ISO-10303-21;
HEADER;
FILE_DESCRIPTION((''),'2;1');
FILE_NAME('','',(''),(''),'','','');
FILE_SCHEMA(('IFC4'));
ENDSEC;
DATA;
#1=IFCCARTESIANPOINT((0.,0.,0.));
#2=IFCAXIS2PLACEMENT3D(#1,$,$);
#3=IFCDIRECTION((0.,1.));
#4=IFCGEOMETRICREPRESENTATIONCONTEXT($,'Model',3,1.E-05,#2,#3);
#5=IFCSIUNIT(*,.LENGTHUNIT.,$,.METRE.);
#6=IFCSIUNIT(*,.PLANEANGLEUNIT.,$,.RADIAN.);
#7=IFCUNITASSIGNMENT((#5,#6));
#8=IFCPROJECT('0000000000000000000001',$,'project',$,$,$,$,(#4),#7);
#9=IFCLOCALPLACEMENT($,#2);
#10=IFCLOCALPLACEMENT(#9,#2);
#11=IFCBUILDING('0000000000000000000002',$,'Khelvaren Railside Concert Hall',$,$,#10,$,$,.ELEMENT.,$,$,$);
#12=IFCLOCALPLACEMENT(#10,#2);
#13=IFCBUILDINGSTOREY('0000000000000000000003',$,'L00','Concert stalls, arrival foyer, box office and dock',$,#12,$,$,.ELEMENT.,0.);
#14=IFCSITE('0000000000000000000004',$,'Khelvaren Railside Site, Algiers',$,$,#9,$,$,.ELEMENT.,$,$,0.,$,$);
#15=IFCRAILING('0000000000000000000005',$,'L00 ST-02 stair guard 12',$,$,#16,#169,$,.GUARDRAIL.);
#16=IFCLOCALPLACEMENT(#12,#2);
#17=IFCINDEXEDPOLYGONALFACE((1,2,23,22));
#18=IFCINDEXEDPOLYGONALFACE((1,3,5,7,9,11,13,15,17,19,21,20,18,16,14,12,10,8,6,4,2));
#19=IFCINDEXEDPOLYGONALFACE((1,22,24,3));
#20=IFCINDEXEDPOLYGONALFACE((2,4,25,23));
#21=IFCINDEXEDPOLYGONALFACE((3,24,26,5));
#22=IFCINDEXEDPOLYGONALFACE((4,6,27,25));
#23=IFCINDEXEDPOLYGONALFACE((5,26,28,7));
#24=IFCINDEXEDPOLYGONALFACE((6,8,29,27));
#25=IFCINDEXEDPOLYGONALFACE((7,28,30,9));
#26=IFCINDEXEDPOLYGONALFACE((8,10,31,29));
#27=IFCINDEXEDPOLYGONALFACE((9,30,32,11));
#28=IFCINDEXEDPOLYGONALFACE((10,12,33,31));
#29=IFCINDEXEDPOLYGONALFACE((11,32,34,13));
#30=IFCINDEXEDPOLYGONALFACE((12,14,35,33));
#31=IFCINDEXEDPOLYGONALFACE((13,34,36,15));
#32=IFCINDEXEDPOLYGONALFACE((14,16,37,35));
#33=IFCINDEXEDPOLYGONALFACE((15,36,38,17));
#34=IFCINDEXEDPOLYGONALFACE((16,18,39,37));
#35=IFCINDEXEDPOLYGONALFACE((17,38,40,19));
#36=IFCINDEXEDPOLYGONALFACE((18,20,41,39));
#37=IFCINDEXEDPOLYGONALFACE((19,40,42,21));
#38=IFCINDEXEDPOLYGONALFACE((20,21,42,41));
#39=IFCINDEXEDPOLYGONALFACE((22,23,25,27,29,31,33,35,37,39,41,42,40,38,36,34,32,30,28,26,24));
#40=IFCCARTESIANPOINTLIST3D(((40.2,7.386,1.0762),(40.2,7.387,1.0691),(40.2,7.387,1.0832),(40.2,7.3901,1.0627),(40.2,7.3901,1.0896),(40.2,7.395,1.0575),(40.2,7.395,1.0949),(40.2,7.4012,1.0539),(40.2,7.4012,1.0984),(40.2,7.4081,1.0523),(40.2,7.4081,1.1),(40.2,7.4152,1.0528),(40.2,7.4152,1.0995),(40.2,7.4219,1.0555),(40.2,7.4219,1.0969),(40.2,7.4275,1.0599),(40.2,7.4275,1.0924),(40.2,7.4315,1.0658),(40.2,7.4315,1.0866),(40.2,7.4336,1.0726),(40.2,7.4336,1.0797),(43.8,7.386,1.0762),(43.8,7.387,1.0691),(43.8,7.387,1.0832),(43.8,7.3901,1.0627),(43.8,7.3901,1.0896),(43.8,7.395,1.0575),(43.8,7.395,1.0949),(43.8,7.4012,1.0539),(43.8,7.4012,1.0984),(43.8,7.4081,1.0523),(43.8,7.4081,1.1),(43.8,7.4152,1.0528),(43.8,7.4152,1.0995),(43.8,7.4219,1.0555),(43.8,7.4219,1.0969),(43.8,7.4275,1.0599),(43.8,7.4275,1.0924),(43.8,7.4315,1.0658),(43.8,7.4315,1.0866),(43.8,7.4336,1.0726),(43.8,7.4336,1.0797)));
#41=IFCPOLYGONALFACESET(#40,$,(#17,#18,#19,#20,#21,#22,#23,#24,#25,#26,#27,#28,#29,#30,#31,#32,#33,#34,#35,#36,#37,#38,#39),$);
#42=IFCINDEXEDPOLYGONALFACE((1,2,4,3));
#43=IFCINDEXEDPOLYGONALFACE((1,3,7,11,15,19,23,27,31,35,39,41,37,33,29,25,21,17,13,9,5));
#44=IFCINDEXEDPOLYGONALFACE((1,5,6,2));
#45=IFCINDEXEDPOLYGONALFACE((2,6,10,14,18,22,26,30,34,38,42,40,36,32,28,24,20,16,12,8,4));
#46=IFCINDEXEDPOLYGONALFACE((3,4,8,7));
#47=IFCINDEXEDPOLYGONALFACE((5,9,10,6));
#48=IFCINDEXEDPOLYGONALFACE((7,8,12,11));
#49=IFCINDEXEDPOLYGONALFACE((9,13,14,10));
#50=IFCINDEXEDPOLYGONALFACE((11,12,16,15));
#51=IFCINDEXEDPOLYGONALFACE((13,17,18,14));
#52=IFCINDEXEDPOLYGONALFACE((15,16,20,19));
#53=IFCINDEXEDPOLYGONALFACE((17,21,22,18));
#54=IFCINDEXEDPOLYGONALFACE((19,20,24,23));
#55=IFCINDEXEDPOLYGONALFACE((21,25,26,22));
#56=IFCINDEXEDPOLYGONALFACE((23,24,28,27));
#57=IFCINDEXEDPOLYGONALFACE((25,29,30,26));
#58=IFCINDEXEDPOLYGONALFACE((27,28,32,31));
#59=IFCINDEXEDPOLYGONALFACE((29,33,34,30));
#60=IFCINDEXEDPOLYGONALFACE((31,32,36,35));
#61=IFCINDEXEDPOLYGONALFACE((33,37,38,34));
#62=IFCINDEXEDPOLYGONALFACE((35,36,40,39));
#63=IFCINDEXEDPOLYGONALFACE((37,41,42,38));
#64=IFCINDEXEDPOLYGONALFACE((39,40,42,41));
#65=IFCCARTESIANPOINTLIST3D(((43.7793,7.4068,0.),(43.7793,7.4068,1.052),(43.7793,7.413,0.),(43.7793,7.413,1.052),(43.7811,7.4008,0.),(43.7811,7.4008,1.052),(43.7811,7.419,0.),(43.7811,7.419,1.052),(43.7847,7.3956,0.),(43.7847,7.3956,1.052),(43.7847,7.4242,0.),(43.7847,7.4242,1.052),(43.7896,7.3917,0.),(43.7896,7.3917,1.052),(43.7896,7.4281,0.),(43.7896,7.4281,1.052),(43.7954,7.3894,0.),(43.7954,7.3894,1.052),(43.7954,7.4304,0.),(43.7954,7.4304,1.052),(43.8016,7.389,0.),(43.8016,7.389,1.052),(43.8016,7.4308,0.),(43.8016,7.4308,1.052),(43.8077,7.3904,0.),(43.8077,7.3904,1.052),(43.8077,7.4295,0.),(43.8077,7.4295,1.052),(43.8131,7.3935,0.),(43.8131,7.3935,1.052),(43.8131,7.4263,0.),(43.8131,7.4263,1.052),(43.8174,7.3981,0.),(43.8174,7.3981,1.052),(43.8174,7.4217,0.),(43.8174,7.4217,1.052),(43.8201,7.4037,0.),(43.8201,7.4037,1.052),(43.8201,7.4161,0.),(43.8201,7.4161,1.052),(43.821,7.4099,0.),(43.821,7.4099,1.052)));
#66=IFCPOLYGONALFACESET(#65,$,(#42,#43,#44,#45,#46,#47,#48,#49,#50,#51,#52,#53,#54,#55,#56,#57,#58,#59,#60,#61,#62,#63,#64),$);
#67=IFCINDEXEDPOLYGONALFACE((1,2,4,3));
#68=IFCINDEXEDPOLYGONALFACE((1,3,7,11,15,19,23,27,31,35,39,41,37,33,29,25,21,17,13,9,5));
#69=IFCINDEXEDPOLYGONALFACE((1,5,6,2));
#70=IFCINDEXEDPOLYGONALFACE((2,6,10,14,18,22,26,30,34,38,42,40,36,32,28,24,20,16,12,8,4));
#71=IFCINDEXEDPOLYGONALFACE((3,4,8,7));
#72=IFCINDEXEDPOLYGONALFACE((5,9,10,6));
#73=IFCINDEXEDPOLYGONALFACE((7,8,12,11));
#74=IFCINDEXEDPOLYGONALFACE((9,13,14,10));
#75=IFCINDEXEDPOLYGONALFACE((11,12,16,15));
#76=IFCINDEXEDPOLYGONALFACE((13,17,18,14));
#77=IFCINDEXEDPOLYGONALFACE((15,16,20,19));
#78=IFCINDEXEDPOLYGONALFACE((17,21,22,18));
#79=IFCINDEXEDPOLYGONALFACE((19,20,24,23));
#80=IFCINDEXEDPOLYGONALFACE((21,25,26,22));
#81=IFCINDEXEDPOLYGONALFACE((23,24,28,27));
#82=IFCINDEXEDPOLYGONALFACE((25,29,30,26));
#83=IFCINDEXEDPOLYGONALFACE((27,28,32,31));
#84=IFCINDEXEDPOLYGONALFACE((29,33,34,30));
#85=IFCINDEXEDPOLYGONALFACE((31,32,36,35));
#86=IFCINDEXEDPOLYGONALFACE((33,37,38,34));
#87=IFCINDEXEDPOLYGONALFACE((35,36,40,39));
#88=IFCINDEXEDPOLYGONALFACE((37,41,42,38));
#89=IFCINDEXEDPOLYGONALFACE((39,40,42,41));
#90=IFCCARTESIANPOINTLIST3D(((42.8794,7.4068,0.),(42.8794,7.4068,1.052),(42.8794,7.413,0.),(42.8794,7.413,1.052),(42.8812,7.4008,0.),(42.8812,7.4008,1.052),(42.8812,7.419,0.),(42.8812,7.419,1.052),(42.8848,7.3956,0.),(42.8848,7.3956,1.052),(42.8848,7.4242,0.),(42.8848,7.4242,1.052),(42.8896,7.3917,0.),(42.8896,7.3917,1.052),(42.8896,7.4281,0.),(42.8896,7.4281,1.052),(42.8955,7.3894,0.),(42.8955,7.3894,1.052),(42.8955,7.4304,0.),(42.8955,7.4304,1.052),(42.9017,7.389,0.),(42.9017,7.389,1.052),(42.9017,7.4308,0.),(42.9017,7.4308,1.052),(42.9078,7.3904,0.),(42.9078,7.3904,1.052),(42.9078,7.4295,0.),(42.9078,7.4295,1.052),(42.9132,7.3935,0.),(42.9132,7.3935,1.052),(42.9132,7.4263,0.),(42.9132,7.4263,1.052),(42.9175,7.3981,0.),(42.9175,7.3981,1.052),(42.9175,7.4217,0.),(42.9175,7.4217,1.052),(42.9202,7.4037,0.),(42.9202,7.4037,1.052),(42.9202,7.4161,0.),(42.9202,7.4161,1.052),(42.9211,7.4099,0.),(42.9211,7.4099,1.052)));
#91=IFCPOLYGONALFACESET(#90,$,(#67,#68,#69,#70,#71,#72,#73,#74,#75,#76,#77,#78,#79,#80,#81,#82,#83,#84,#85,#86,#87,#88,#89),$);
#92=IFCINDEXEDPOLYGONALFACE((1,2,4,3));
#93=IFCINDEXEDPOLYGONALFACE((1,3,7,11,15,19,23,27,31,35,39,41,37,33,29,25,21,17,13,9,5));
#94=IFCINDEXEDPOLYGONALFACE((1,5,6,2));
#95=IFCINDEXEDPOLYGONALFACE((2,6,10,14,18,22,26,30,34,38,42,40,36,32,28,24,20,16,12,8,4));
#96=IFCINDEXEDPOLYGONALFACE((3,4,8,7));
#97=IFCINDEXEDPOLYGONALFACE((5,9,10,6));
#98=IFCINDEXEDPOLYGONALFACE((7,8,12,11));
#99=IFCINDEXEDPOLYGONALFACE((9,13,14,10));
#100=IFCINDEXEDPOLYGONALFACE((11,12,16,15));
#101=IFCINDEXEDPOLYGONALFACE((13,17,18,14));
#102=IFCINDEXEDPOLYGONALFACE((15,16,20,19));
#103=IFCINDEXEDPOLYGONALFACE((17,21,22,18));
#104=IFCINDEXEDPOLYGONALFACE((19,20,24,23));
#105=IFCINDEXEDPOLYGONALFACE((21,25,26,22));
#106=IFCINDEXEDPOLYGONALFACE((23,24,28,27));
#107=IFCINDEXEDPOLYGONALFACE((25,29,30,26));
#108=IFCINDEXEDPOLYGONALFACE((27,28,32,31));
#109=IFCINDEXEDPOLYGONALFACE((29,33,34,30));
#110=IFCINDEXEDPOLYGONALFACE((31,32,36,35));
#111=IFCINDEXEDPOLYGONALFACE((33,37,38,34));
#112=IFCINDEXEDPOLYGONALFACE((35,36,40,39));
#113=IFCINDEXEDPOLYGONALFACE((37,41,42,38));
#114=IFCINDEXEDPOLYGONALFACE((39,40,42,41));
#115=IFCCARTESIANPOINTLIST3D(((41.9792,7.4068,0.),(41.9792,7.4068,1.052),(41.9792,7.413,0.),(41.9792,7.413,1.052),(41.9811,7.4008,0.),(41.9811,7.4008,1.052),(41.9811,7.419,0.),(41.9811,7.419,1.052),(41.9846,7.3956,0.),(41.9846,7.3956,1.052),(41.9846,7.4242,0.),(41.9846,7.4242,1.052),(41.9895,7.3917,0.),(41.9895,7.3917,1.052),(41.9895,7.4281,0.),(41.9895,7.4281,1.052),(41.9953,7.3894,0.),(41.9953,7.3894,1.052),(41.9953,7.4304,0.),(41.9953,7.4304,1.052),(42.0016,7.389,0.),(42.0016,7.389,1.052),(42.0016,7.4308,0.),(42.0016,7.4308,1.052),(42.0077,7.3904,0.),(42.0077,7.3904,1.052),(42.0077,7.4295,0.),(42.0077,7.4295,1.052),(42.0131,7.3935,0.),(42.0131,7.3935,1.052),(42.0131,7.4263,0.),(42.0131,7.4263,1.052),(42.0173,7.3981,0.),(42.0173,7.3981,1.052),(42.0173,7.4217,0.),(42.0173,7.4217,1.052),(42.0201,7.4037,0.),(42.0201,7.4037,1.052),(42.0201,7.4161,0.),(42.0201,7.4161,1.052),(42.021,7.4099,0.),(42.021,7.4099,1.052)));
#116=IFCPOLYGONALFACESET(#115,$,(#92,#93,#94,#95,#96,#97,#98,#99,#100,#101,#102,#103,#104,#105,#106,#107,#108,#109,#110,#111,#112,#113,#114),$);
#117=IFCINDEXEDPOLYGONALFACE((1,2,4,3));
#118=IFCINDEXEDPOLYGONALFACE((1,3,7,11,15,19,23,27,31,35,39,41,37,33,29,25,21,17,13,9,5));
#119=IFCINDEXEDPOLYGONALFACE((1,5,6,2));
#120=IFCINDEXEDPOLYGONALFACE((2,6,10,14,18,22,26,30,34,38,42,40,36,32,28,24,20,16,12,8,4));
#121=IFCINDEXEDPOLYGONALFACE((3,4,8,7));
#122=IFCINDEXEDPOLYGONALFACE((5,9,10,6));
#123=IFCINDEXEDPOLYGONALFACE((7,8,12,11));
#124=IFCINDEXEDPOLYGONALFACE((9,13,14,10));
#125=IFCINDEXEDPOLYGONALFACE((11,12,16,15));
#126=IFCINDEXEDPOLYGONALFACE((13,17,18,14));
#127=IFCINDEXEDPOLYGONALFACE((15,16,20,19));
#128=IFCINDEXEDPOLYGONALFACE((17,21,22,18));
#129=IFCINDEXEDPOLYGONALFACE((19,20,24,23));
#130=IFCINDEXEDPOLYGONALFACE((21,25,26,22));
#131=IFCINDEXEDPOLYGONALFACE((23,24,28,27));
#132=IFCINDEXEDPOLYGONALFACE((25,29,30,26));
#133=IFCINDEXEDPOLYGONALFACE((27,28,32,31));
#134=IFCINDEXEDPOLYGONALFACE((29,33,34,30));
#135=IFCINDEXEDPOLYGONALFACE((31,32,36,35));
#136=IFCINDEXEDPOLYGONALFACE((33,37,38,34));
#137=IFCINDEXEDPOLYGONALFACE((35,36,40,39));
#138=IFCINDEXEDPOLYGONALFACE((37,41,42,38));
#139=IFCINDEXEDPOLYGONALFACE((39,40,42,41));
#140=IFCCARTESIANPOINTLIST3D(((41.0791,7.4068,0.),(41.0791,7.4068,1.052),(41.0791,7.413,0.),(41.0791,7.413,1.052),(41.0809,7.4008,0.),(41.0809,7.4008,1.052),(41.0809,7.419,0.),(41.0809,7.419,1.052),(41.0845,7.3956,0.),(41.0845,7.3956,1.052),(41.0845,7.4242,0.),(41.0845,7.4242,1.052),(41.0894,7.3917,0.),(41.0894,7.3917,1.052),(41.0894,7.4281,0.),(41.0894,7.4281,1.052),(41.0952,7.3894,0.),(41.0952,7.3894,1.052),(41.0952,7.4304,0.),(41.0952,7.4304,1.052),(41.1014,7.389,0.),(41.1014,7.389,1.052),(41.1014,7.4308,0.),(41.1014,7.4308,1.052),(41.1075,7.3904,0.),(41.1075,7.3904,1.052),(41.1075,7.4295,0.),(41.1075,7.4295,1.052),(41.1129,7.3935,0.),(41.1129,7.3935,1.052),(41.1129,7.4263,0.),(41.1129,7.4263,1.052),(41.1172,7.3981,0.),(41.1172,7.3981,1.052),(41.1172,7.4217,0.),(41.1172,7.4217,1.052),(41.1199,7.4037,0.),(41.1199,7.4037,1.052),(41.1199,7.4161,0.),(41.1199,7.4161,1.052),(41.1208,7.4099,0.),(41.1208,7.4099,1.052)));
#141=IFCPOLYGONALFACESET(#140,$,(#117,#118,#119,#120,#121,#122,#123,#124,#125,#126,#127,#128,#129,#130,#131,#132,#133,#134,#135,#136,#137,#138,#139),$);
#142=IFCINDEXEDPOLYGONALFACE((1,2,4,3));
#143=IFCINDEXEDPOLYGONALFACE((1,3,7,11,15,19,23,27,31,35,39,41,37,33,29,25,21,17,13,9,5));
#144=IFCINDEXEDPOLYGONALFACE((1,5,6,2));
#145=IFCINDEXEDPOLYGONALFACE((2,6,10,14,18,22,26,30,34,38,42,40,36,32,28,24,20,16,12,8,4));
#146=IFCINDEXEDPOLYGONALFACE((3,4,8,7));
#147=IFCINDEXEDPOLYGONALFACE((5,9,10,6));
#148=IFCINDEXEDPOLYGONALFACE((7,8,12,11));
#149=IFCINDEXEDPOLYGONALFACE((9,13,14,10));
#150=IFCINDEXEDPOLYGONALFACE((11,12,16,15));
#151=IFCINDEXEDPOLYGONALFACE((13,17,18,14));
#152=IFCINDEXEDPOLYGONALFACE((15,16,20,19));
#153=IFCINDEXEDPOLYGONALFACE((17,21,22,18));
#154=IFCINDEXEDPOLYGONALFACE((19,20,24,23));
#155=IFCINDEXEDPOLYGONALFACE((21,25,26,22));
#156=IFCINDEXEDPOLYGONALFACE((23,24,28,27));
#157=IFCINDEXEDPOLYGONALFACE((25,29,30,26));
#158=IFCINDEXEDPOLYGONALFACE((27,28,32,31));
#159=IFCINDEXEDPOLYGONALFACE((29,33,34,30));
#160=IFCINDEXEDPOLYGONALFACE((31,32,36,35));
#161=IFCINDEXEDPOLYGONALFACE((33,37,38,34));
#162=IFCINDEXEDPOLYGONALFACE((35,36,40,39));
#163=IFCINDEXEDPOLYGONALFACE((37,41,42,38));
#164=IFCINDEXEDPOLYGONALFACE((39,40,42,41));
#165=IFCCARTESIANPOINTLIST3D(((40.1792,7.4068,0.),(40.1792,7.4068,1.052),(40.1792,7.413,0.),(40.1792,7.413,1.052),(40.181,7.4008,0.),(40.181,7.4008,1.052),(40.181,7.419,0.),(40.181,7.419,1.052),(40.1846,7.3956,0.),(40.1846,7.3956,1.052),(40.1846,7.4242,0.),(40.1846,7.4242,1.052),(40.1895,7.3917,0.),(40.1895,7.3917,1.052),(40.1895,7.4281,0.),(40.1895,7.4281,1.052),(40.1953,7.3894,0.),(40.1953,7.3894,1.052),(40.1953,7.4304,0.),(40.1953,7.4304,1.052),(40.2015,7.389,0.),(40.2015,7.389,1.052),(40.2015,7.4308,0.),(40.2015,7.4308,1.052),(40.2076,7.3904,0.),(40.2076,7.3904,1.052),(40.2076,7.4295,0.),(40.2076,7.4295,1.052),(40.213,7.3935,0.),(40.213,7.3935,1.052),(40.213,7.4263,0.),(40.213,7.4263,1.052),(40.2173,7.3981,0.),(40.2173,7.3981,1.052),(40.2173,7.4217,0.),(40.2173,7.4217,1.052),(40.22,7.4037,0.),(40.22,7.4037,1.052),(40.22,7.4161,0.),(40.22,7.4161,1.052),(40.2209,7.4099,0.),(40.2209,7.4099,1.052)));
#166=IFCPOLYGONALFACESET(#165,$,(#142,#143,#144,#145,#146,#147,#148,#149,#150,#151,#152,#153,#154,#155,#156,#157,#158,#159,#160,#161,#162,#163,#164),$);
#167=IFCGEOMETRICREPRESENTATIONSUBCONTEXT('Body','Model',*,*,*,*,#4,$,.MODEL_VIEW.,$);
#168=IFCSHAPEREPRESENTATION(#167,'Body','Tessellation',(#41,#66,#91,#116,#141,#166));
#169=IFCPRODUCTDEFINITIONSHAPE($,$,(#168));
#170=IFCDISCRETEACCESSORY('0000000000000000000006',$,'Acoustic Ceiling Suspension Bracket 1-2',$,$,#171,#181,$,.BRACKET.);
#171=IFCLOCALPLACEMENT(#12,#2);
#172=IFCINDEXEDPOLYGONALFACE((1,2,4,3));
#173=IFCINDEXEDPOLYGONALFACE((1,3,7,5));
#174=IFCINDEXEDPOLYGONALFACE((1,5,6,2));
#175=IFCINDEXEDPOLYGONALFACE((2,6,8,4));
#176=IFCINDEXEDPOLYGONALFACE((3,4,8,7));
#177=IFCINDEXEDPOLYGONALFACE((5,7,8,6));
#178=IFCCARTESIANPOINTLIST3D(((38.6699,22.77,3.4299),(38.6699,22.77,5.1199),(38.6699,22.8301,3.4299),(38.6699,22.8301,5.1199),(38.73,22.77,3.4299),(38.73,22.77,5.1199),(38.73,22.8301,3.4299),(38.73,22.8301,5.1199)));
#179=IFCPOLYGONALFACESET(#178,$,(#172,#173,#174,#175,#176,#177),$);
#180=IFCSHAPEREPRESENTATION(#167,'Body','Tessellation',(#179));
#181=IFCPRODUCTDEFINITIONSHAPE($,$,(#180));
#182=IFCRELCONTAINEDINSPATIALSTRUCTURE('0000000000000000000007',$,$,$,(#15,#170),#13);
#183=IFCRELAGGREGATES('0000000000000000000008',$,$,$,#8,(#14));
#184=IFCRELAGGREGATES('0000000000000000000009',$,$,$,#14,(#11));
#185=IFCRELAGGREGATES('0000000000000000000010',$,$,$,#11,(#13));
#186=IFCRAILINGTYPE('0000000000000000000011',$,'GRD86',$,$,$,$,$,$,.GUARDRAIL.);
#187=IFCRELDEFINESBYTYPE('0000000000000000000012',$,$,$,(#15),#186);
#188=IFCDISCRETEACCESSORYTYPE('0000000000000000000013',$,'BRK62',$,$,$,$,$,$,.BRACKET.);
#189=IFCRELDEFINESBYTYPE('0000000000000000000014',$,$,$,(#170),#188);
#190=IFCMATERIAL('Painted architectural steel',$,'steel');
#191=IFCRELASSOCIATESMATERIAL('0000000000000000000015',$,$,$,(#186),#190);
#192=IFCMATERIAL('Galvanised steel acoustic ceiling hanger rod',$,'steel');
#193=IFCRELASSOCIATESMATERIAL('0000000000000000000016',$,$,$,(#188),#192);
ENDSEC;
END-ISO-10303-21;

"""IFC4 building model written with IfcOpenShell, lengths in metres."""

from ifc_helpers import new_model, si_unit, direction, frame, origin, origin_2d, place, context, subcontext, project, spatial, rectangle, circle, extrude, material, type_object, element, save


model = new_model("IFC4")

# Units and contexts
model_context = context("Model", 3, precision=1e-05, world=origin(), true_north=direction((0.0, 1.0)))
body_context = subcontext(model_context, "Body", "Model", "MODEL_VIEW")
ifc_project = project(units=[si_unit("LENGTHUNIT", "METRE"), si_unit("PLANEANGLEUNIT", "RADIAN")], contexts=[model_context])

# Site, building, storey
site_placement = place(None, origin())
site = spatial("IfcSite", under=ifc_project, at=site_placement, Name="Khelvaren Railside Site, Algiers", CompositionType="ELEMENT", RefElevation=0.0)
building_placement = place(site_placement, origin())
building = spatial("IfcBuilding", under=site, at=building_placement, Name="Khelvaren Railside Concert Hall", CompositionType="ELEMENT")
storey_placement = place(building_placement, origin())
storey = spatial("IfcBuildingStorey", under=building, at=storey_placement, Name="L00", Description="Concert stalls, arrival foyer, box office and dock", CompositionType="ELEMENT", Elevation=0.0)

# Railing
ifc_material_1 = material(Name="Painted architectural steel", Category="steel")
railing_type = type_object("IfcRailingType", Name="GRD86", PredefinedType="GUARDRAIL", material=ifc_material_1)
railing_1_placement = place(storey_placement, frame((43.8, 7.4099, 0.0)))
element("IfcRailing", 1, at=railing_1_placement, inside=storey, type_object=railing_type, Name="L00 ST-02 stair guard 12", PredefinedType="GUARDRAIL", context=body_context, shape_type="SweptSolid", body=[
    extrude(circle(Radius=0.0239, at=origin_2d()), frame((0.0, 0.0, 1.0762), z_axis=(-1.0, 0.0, 0.0), x_axis=(0.0, -1.0, 0.0)), (0.0, 0.0, 1.0), 3.6001),
    extrude(circle(Radius=0.021, at=origin_2d()), origin(), (0.0, 0.0, 1.0), 1.052),
    extrude(circle(Radius=0.021, at=origin_2d()), frame((-0.8999, 0.0, 0.0)), (0.0, 0.0, 1.0), 1.052),
    extrude(circle(Radius=0.021, at=origin_2d()), frame((-1.8, 0.0, 0.0)), (0.0, 0.0, 1.0), 1.052),
    extrude(circle(Radius=0.021, at=origin_2d()), frame((-2.7002, 0.0, 0.0)), (0.0, 0.0, 1.0), 1.052),
    extrude(circle(Radius=0.021, at=origin_2d()), frame((-3.6001, 0.0, 0.0)), (0.0, 0.0, 1.0), 1.052),
])

# Discrete accessory
ifc_material_2 = material(Name="Galvanised steel acoustic ceiling hanger rod", Category="steel")
discrete_accessory_type = type_object("IfcDiscreteAccessoryType", Name="BRK62", PredefinedType="BRACKET", material=ifc_material_2)
discrete_accessory_placement = place(storey_placement, frame((38.7, 22.8, 3.4299), z_axis=(0.0, 0.0, 1.0), x_axis=(1.0, 0.0, 0.0)))
element("IfcDiscreteAccessory", 2, at=discrete_accessory_placement, inside=storey, type_object=discrete_accessory_type, Name="Acoustic Ceiling Suspension Bracket 1-2", PredefinedType="BRACKET", context=body_context, shape_type="SweptSolid", body=[
    extrude(rectangle(XDim=0.0601, YDim=0.0601, at=origin_2d()), origin(), (0.0, 0.0, 1.0), 1.6899),
])

save(model, "model.ifc")
